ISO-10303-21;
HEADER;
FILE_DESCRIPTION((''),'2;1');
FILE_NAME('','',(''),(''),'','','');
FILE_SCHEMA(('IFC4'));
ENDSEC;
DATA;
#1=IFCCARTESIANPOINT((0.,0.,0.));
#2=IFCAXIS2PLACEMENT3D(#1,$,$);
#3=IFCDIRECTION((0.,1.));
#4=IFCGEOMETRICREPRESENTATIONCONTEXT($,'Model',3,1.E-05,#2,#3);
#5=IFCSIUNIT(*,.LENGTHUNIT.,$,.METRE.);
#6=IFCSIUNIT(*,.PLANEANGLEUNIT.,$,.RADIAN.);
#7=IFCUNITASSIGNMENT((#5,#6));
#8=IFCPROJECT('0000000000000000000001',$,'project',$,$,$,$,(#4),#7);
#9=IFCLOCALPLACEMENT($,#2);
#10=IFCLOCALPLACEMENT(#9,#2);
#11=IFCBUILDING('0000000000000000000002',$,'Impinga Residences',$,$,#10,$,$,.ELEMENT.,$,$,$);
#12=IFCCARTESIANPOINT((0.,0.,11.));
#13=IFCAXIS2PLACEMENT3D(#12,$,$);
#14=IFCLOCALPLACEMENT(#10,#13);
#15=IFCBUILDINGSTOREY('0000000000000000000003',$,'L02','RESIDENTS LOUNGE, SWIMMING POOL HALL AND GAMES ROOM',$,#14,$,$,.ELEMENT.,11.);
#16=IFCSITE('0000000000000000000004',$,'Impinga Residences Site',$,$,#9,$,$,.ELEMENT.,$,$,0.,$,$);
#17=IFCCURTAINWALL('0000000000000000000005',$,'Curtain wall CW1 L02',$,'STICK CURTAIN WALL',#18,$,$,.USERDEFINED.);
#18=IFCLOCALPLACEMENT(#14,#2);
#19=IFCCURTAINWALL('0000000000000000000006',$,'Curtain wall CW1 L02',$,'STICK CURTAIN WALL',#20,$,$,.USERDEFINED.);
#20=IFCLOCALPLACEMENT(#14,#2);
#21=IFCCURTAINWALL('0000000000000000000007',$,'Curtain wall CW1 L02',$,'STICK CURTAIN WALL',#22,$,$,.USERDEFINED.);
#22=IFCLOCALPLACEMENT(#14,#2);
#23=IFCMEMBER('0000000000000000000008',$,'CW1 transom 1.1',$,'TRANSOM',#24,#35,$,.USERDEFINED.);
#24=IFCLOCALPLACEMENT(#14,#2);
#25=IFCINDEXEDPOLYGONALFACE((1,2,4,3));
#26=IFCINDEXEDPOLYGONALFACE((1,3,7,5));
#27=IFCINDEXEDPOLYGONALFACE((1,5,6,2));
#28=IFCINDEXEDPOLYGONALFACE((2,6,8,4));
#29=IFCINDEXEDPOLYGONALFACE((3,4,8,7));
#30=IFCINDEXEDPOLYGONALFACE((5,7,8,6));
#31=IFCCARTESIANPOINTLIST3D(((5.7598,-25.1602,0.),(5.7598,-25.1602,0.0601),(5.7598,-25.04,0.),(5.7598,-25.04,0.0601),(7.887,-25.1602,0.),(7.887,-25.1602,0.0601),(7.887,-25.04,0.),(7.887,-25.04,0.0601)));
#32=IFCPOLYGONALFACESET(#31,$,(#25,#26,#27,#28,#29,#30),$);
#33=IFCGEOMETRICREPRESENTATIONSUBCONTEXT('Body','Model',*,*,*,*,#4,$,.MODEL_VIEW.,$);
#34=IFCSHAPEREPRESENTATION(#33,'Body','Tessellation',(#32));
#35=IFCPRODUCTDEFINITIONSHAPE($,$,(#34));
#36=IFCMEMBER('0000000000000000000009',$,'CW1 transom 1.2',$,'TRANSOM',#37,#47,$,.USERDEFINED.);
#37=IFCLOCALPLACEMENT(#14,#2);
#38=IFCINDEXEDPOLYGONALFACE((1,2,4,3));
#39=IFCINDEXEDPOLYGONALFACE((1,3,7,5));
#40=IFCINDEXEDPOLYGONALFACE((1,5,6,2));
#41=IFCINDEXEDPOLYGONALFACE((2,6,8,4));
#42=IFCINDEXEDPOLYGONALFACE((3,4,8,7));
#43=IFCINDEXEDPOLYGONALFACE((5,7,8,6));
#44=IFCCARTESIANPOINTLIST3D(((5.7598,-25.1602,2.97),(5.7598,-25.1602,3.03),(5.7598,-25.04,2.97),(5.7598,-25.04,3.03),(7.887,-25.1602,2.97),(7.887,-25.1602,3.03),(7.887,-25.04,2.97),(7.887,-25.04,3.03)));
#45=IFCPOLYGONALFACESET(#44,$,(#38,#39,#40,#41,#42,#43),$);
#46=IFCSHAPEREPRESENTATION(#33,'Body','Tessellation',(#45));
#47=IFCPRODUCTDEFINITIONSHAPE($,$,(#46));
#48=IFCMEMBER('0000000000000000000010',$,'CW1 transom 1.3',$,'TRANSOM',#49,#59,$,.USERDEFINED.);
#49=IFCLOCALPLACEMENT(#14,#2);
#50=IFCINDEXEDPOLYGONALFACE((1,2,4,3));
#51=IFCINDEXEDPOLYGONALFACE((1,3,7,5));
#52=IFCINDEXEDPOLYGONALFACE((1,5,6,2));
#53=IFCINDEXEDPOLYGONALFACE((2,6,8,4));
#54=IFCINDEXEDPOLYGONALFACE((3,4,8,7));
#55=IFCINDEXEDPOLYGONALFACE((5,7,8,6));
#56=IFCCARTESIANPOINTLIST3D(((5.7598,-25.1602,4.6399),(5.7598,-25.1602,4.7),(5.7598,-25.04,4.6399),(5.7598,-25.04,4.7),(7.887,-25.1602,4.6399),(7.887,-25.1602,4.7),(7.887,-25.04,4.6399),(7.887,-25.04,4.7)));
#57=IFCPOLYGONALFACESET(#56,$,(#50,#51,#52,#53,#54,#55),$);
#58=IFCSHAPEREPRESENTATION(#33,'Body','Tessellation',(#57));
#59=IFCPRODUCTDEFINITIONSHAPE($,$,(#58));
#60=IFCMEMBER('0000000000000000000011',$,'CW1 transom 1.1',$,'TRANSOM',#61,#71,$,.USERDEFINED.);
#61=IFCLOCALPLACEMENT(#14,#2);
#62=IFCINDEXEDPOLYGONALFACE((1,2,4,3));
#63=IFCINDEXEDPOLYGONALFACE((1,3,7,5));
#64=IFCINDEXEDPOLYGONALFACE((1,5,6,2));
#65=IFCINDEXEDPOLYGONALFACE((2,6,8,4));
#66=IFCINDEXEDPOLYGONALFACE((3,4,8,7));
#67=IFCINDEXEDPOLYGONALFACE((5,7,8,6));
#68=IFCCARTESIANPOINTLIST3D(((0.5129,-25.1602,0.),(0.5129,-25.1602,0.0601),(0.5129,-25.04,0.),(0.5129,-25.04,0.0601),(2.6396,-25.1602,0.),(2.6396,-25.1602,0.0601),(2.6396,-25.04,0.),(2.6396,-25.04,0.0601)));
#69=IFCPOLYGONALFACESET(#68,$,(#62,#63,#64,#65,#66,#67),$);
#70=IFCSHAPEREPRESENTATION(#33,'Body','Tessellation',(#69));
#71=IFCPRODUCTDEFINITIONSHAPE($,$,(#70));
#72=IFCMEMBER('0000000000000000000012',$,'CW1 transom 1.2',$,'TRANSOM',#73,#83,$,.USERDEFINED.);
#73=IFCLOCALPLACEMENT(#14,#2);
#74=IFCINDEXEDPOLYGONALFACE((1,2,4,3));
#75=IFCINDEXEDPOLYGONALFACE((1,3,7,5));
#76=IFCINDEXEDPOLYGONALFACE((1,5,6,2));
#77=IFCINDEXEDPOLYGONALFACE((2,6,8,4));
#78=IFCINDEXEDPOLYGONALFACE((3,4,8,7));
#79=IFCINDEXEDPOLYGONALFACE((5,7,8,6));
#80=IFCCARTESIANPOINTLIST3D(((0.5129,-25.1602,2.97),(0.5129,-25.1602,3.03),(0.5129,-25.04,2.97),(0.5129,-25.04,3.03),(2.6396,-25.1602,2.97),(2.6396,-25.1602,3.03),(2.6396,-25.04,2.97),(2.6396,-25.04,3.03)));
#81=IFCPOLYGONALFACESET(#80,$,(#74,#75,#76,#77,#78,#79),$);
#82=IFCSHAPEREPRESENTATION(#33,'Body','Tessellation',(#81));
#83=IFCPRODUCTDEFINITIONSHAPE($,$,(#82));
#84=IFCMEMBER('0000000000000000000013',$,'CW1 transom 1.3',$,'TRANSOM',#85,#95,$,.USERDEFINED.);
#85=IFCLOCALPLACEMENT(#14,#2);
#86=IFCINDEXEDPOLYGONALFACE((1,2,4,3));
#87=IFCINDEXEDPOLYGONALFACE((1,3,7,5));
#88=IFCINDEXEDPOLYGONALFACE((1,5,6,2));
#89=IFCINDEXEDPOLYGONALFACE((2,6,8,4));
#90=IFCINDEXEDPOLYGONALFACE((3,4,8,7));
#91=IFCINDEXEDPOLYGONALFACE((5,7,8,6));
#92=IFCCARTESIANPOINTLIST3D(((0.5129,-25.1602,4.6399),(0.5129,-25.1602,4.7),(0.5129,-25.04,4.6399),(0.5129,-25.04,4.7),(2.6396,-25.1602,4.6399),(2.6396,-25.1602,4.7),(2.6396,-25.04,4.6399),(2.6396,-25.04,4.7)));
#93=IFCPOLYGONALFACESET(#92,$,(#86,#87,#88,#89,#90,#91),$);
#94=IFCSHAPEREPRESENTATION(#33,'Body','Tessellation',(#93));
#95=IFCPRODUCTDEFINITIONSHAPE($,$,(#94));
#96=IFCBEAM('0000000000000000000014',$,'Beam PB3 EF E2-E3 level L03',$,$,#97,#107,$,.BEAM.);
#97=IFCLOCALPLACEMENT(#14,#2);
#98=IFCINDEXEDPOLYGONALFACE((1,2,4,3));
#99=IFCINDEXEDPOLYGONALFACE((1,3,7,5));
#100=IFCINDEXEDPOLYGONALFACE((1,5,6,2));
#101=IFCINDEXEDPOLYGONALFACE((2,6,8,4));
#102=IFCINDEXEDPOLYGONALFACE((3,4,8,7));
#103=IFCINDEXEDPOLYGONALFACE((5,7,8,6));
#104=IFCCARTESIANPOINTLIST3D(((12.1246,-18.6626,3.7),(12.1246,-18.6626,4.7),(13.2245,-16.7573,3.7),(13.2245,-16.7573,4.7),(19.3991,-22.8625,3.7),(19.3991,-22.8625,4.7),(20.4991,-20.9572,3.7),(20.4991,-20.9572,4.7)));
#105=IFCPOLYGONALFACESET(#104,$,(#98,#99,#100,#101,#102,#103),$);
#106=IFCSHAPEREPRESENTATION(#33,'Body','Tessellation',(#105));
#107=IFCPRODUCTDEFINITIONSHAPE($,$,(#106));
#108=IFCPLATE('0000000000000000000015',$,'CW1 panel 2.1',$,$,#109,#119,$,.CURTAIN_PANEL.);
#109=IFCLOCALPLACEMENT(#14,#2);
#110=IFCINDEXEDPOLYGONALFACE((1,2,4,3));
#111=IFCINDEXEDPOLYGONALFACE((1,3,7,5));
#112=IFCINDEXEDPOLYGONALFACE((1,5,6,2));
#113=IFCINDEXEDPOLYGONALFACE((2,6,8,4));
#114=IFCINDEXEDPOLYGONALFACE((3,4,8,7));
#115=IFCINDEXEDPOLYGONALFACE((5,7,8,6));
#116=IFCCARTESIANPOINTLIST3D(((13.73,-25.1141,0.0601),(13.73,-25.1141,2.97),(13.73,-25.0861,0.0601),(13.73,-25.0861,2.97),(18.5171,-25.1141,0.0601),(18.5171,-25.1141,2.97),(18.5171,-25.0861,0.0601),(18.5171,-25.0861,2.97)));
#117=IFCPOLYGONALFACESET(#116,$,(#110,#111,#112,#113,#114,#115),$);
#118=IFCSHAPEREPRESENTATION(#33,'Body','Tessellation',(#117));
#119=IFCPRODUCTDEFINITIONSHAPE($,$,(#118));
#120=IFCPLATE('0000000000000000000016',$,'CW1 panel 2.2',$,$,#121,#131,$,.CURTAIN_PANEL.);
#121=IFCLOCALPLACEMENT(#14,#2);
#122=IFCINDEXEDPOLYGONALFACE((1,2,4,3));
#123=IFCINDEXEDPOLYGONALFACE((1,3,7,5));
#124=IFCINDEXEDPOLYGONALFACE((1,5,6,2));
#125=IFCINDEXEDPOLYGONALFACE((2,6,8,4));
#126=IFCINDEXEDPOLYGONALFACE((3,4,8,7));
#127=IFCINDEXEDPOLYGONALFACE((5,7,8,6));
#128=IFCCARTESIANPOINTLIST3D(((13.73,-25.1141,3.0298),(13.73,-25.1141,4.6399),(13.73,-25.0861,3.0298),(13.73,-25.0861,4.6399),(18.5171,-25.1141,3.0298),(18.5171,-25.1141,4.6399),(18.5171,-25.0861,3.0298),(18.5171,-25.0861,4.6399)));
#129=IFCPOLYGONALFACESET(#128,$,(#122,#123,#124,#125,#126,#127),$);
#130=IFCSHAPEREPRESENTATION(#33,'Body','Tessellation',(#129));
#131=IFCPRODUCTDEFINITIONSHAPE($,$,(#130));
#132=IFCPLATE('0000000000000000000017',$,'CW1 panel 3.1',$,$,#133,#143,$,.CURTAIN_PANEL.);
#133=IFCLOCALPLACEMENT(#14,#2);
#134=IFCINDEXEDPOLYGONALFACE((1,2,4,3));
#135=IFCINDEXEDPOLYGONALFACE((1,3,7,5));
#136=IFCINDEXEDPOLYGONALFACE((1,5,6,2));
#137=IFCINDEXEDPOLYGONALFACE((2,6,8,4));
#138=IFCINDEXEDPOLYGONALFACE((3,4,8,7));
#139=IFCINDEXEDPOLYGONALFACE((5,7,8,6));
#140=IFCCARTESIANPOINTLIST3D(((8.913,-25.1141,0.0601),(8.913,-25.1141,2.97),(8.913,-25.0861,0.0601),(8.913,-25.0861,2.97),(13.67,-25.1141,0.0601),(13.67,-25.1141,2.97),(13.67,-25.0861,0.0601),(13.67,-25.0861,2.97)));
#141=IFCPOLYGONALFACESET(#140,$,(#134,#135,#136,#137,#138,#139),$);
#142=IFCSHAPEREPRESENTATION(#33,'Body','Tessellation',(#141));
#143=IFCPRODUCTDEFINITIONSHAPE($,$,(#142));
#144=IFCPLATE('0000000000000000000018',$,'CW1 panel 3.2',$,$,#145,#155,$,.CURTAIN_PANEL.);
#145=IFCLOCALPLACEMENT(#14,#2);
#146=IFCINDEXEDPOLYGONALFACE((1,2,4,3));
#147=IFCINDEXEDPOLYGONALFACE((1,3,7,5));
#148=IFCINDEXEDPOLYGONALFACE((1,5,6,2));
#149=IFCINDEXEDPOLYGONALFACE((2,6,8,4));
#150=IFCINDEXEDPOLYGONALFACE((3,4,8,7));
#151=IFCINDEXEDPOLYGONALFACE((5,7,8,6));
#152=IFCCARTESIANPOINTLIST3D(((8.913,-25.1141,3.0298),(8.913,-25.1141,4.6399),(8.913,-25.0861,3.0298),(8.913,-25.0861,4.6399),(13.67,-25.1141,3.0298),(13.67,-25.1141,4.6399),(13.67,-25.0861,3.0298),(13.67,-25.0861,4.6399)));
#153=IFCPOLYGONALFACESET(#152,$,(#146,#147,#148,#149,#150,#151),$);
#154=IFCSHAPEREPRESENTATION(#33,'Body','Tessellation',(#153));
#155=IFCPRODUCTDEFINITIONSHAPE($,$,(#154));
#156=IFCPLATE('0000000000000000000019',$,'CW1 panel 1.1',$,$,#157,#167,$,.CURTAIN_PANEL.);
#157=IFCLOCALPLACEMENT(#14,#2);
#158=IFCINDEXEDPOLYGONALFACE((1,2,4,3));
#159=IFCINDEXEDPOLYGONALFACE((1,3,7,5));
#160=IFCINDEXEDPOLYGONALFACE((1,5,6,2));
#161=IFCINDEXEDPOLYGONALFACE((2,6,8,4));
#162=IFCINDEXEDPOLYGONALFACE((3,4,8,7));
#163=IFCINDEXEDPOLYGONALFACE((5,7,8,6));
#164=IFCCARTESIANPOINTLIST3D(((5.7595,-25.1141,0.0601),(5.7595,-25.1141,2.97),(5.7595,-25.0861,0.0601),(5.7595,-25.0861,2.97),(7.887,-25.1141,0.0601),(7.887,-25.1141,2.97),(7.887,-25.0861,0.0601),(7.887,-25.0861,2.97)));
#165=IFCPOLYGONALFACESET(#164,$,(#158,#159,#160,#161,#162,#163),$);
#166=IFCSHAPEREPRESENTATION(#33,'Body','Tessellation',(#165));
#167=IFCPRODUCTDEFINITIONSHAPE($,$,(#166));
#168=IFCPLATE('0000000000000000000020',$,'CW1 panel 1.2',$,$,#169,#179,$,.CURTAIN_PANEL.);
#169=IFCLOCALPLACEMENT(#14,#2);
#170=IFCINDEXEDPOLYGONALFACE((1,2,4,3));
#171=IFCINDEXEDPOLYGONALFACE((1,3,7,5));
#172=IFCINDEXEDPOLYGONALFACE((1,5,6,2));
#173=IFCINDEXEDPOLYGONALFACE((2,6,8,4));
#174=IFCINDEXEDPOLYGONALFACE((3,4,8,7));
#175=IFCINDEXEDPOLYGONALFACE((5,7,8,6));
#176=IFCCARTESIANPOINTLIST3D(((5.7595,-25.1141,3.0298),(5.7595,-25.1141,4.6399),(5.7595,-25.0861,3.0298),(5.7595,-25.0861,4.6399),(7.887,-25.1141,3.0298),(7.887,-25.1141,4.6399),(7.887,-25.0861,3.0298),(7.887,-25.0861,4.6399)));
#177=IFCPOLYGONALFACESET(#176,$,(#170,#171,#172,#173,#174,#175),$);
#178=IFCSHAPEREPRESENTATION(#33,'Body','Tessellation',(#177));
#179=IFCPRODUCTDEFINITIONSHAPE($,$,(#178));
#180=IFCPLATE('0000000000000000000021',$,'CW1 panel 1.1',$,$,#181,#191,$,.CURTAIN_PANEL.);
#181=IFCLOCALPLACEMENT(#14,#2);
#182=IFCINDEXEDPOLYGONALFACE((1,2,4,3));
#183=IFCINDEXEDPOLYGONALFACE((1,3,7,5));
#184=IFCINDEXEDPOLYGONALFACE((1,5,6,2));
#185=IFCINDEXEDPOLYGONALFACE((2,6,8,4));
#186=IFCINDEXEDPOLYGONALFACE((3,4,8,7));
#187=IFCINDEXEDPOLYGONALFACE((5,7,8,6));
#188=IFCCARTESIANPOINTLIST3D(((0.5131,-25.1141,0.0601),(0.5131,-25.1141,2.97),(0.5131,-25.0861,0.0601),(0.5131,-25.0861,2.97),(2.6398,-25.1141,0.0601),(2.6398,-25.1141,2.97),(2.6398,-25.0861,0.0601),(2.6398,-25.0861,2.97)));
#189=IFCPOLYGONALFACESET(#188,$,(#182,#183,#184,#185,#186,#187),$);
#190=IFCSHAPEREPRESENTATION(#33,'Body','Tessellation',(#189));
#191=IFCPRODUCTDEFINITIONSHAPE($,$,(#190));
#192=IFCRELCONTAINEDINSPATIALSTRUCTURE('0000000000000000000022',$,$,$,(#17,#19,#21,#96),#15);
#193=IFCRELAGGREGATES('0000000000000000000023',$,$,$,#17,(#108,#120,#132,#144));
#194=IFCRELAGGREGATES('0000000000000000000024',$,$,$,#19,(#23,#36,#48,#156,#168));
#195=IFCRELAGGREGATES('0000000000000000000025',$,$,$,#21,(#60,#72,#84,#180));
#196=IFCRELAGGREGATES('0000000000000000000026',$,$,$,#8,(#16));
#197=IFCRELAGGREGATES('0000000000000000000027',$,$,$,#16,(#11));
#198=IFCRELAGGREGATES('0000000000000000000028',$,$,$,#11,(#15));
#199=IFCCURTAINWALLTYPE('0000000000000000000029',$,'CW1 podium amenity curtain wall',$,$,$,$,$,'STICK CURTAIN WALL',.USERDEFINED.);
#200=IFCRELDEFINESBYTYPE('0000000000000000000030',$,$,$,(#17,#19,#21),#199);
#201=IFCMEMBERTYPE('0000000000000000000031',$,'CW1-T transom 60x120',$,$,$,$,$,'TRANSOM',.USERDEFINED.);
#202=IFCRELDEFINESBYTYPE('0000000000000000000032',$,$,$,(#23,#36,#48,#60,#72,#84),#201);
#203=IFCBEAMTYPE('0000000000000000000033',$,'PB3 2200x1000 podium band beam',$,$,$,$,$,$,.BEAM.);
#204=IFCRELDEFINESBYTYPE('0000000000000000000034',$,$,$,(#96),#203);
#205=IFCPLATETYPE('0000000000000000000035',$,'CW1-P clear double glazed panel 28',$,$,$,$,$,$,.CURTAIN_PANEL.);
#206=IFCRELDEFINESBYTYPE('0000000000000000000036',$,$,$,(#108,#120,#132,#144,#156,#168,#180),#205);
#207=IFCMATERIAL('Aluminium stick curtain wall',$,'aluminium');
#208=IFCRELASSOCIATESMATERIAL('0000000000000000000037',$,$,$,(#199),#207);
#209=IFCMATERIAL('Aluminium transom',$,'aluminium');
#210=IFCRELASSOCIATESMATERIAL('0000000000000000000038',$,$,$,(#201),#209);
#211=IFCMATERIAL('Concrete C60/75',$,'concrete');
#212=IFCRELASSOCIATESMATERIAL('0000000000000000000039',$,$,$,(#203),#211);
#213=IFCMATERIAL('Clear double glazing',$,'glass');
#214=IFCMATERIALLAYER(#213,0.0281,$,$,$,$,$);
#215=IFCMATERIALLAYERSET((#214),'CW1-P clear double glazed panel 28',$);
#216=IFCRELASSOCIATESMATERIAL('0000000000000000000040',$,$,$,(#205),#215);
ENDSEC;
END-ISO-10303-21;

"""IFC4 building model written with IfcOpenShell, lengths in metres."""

from ifc_helpers import new_model, si_unit, direction, frame, origin, origin_2d, place, context, subcontext, project, spatial, rectangle, extrude, material, layer, layer_set, material_profile, profile_set, type_object, element, aggregate, save


model = new_model("IFC4")

# Units and contexts
model_context = context("Model", 3, precision=1e-05, world=origin(), true_north=direction((0.0, 1.0)))
body_context = subcontext(model_context, "Body", "Model", "MODEL_VIEW")
ifc_project = project(units=[si_unit("LENGTHUNIT", "METRE"), si_unit("PLANEANGLEUNIT", "RADIAN")], contexts=[model_context])

# Site, building, storey
site_placement = place(None, origin())
site = spatial("IfcSite", under=ifc_project, at=site_placement, Name="Impinga Residences Site", CompositionType="ELEMENT", RefElevation=0.0)
building_placement = place(site_placement, origin())
building = spatial("IfcBuilding", under=site, at=building_placement, Name="Impinga Residences", CompositionType="ELEMENT")
storey_placement = place(building_placement, frame((0.0, 0.0, 11.0)))
storey = spatial("IfcBuildingStorey", under=building, at=storey_placement, Name="L02", Description="RESIDENTS LOUNGE, SWIMMING POOL HALL AND GAMES ROOM", CompositionType="ELEMENT", Elevation=11.0)

# Curtain walls
ifc_material_1 = material(Name="Aluminium stick curtain wall", Category="aluminium")
curtain_wall_type = type_object("IfcCurtainWallType", Name="CW1 podium amenity curtain wall", ElementType="STICK CURTAIN WALL", PredefinedType="USERDEFINED", material=ifc_material_1)
curtain_wall_1_placement = place(storey_placement, origin())
curtain_wall_1 = element("IfcCurtainWall", 1, at=curtain_wall_1_placement, inside=storey, type_object=curtain_wall_type, Name="Curtain wall CW1 L02", ObjectType="STICK CURTAIN WALL", PredefinedType="USERDEFINED")
curtain_wall_2_placement = place(storey_placement, origin())
curtain_wall_2 = element("IfcCurtainWall", 2, at=curtain_wall_2_placement, inside=storey, type_object=curtain_wall_type, Name="Curtain wall CW1 L02", ObjectType="STICK CURTAIN WALL", PredefinedType="USERDEFINED")
curtain_wall_3_placement = place(storey_placement, origin())
curtain_wall_3 = element("IfcCurtainWall", 3, at=curtain_wall_3_placement, inside=storey, type_object=curtain_wall_type, Name="Curtain wall CW1 L02", ObjectType="STICK CURTAIN WALL", PredefinedType="USERDEFINED")

# Members
ifc_material_2 = material(Name="Aluminium transom", Category="aluminium")
ifc_material_profile_1 = material_profile(ifc_material_2, rectangle(XDim=0.0601, YDim=0.1201, at=origin_2d()), Name="60x120 transom")
ifc_profile_set_1 = profile_set([ifc_material_profile_1], Name="Aluminium transom")
member_type_1 = type_object("IfcMemberType", Name="CW1-T transom 60x120", ElementType="TRANSOM", PredefinedType="USERDEFINED", material=ifc_profile_set_1)
member_1_placement = place(storey_placement, frame((7.887, -25.1001, 0.03), z_axis=(-1.0, 0.0, 0.0), x_axis=(0.0, 0.0, 1.0)))
member_1 = element("IfcMember", 4, at=member_1_placement, type_object=member_type_1, Name="CW1 transom 1.1", ObjectType="TRANSOM", PredefinedType="USERDEFINED", context=body_context, shape_type="SweptSolid", body=[
    extrude(rectangle(XDim=0.0601, YDim=0.1201, at=origin_2d()), origin(), (0.0, 0.0, 1.0), 2.1272),
])
member_2_placement = place(storey_placement, frame((7.887, -25.1001, 3.0), z_axis=(-1.0, 0.0, 0.0), x_axis=(0.0, 0.0, 1.0)))
member_2 = element("IfcMember", 5, at=member_2_placement, type_object=member_type_1, Name="CW1 transom 1.2", ObjectType="TRANSOM", PredefinedType="USERDEFINED", context=body_context, shape_type="SweptSolid", body=[
    extrude(rectangle(XDim=0.0601, YDim=0.1201, at=origin_2d()), origin(), (0.0, 0.0, 1.0), 2.1272),
])
member_3_placement = place(storey_placement, frame((7.887, -25.1001, 4.6699), z_axis=(-1.0, 0.0, 0.0), x_axis=(0.0, 0.0, 1.0)))
member_3 = element("IfcMember", 6, at=member_3_placement, type_object=member_type_1, Name="CW1 transom 1.3", ObjectType="TRANSOM", PredefinedType="USERDEFINED", context=body_context, shape_type="SweptSolid", body=[
    extrude(rectangle(XDim=0.0601, YDim=0.1201, at=origin_2d()), origin(), (0.0, 0.0, 1.0), 2.1272),
])
member_4_placement = place(storey_placement, frame((2.6396, -25.1001, 0.03), z_axis=(-1.0, 0.0, 0.0), x_axis=(0.0, 0.0, 1.0)))
member_4 = element("IfcMember", 7, at=member_4_placement, type_object=member_type_1, Name="CW1 transom 1.1", ObjectType="TRANSOM", PredefinedType="USERDEFINED", context=body_context, shape_type="SweptSolid", body=[
    extrude(rectangle(XDim=0.0601, YDim=0.1201, at=origin_2d()), origin(), (0.0, 0.0, 1.0), 2.1267),
])
member_5_placement = place(storey_placement, frame((2.6396, -25.1001, 3.0), z_axis=(-1.0, 0.0, 0.0), x_axis=(0.0, 0.0, 1.0)))
member_5 = element("IfcMember", 8, at=member_5_placement, type_object=member_type_1, Name="CW1 transom 1.2", ObjectType="TRANSOM", PredefinedType="USERDEFINED", context=body_context, shape_type="SweptSolid", body=[
    extrude(rectangle(XDim=0.0601, YDim=0.1201, at=origin_2d()), origin(), (0.0, 0.0, 1.0), 2.1267),
])
member_6_placement = place(storey_placement, frame((2.6396, -25.1001, 4.6699), z_axis=(-1.0, 0.0, 0.0), x_axis=(0.0, 0.0, 1.0)))
member_6 = element("IfcMember", 9, at=member_6_placement, type_object=member_type_1, Name="CW1 transom 1.3", ObjectType="TRANSOM", PredefinedType="USERDEFINED", context=body_context, shape_type="SweptSolid", body=[
    extrude(rectangle(XDim=0.0601, YDim=0.1201, at=origin_2d()), origin(), (0.0, 0.0, 1.0), 2.1267),
])

# Beam
ifc_material_3 = material(Name="Concrete C60/75", Category="concrete")
ifc_material_profile_2 = material_profile(ifc_material_3, rectangle(XDim=2.2, YDim=1.0, at=origin_2d()), Name="RC 2200x1000")
ifc_profile_set_2 = profile_set([ifc_material_profile_2], Name="Concrete C60/75")
beam_type = type_object("IfcBeamType", Name="PB3 2200x1000 podium band beam", PredefinedType="BEAM", material=ifc_profile_set_2)
beam_placement = place(storey_placement, frame((12.6746, -17.71, 4.2), z_axis=(0.866029, -0.499993, 0.0), x_axis=(0.499993, 0.866029, 0.0)))
element("IfcBeam", 10, at=beam_placement, inside=storey, type_object=beam_type, Name="Beam PB3 EF E2-E3 level L03", PredefinedType="BEAM", context=body_context, shape_type="SweptSolid", body=[
    extrude(rectangle(XDim=2.2, YDim=1.0, at=origin_2d()), origin(), (0.0, 0.0, 1.0), 8.3999),
])

# Plates
ifc_material_4 = material(Name="Clear double glazing", Category="glass")
ifc_layer_1 = layer(ifc_material_4, 0.0281)
ifc_layer_set_1 = layer_set([ifc_layer_1], Name="CW1-P clear double glazed panel 28")
plate_type = type_object("IfcPlateType", Name="CW1-P clear double glazed panel 28", PredefinedType="CURTAIN_PANEL", material=ifc_layer_set_1)
plate_1_placement = place(storey_placement, frame((16.1235, -25.1001, 0.0601), z_axis=(0.0, 0.0, 1.0), x_axis=(-1.0, 0.0, 0.0)))
plate_1 = element("IfcPlate", 11, at=plate_1_placement, type_object=plate_type, Name="CW1 panel 2.1", PredefinedType="CURTAIN_PANEL", context=body_context, shape_type="SweptSolid", body=[
    extrude(rectangle(XDim=4.7871, YDim=0.0281, at=origin_2d()), origin(), (0.0, 0.0, 1.0), 2.9099),
])
plate_2_placement = place(storey_placement, frame((16.1235, -25.1001, 3.0298), z_axis=(0.0, 0.0, 1.0), x_axis=(-1.0, 0.0, 0.0)))
plate_2 = element("IfcPlate", 12, at=plate_2_placement, type_object=plate_type, Name="CW1 panel 2.2", PredefinedType="CURTAIN_PANEL", context=body_context, shape_type="SweptSolid", body=[
    extrude(rectangle(XDim=4.7871, YDim=0.0281, at=origin_2d()), origin(), (0.0, 0.0, 1.0), 1.6101),
])
plate_3_placement = place(storey_placement, frame((11.2915, -25.1001, 0.0601), z_axis=(0.0, 0.0, 1.0), x_axis=(-1.0, 0.0, 0.0)))
plate_3 = element("IfcPlate", 13, at=plate_3_placement, type_object=plate_type, Name="CW1 panel 3.1", PredefinedType="CURTAIN_PANEL", context=body_context, shape_type="SweptSolid", body=[
    extrude(rectangle(XDim=4.7571, YDim=0.0281, at=origin_2d()), origin(), (0.0, 0.0, 1.0), 2.9099),
])
plate_4_placement = place(storey_placement, frame((11.2915, -25.1001, 3.0298), z_axis=(0.0, 0.0, 1.0), x_axis=(-1.0, 0.0, 0.0)))
plate_4 = element("IfcPlate", 14, at=plate_4_placement, type_object=plate_type, Name="CW1 panel 3.2", PredefinedType="CURTAIN_PANEL", context=body_context, shape_type="SweptSolid", body=[
    extrude(rectangle(XDim=4.7571, YDim=0.0281, at=origin_2d()), origin(), (0.0, 0.0, 1.0), 1.6101),
])
aggregate(curtain_wall_1, [plate_1, plate_2, plate_3, plate_4])
plate_5_placement = place(storey_placement, frame((6.8232, -25.1001, 0.0601), z_axis=(0.0, 0.0, 1.0), x_axis=(-1.0, 0.0, 0.0)))
plate_5 = element("IfcPlate", 15, at=plate_5_placement, type_object=plate_type, Name="CW1 panel 1.1", PredefinedType="CURTAIN_PANEL", context=body_context, shape_type="SweptSolid", body=[
    extrude(rectangle(XDim=2.1274, YDim=0.0281, at=origin_2d()), origin(), (0.0, 0.0, 1.0), 2.9099),
])
plate_6_placement = place(storey_placement, frame((6.8232, -25.1001, 3.0298), z_axis=(0.0, 0.0, 1.0), x_axis=(-1.0, 0.0, 0.0)))
plate_6 = element("IfcPlate", 16, at=plate_6_placement, type_object=plate_type, Name="CW1 panel 1.2", PredefinedType="CURTAIN_PANEL", context=body_context, shape_type="SweptSolid", body=[
    extrude(rectangle(XDim=2.1274, YDim=0.0281, at=origin_2d()), origin(), (0.0, 0.0, 1.0), 1.6101),
])
aggregate(curtain_wall_2, [member_1, member_2, member_3, plate_5, plate_6])
plate_7_placement = place(storey_placement, frame((1.5764, -25.1001, 0.0601), z_axis=(0.0, 0.0, 1.0), x_axis=(-1.0, 0.0, 0.0)))
plate_7 = element("IfcPlate", 17, at=plate_7_placement, type_object=plate_type, Name="CW1 panel 1.1", PredefinedType="CURTAIN_PANEL", context=body_context, shape_type="SweptSolid", body=[
    extrude(rectangle(XDim=2.1267, YDim=0.0281, at=origin_2d()), origin(), (0.0, 0.0, 1.0), 2.9099),
])
aggregate(curtain_wall_3, [member_4, member_5, member_6, plate_7])

save(model, "model.ifc")
